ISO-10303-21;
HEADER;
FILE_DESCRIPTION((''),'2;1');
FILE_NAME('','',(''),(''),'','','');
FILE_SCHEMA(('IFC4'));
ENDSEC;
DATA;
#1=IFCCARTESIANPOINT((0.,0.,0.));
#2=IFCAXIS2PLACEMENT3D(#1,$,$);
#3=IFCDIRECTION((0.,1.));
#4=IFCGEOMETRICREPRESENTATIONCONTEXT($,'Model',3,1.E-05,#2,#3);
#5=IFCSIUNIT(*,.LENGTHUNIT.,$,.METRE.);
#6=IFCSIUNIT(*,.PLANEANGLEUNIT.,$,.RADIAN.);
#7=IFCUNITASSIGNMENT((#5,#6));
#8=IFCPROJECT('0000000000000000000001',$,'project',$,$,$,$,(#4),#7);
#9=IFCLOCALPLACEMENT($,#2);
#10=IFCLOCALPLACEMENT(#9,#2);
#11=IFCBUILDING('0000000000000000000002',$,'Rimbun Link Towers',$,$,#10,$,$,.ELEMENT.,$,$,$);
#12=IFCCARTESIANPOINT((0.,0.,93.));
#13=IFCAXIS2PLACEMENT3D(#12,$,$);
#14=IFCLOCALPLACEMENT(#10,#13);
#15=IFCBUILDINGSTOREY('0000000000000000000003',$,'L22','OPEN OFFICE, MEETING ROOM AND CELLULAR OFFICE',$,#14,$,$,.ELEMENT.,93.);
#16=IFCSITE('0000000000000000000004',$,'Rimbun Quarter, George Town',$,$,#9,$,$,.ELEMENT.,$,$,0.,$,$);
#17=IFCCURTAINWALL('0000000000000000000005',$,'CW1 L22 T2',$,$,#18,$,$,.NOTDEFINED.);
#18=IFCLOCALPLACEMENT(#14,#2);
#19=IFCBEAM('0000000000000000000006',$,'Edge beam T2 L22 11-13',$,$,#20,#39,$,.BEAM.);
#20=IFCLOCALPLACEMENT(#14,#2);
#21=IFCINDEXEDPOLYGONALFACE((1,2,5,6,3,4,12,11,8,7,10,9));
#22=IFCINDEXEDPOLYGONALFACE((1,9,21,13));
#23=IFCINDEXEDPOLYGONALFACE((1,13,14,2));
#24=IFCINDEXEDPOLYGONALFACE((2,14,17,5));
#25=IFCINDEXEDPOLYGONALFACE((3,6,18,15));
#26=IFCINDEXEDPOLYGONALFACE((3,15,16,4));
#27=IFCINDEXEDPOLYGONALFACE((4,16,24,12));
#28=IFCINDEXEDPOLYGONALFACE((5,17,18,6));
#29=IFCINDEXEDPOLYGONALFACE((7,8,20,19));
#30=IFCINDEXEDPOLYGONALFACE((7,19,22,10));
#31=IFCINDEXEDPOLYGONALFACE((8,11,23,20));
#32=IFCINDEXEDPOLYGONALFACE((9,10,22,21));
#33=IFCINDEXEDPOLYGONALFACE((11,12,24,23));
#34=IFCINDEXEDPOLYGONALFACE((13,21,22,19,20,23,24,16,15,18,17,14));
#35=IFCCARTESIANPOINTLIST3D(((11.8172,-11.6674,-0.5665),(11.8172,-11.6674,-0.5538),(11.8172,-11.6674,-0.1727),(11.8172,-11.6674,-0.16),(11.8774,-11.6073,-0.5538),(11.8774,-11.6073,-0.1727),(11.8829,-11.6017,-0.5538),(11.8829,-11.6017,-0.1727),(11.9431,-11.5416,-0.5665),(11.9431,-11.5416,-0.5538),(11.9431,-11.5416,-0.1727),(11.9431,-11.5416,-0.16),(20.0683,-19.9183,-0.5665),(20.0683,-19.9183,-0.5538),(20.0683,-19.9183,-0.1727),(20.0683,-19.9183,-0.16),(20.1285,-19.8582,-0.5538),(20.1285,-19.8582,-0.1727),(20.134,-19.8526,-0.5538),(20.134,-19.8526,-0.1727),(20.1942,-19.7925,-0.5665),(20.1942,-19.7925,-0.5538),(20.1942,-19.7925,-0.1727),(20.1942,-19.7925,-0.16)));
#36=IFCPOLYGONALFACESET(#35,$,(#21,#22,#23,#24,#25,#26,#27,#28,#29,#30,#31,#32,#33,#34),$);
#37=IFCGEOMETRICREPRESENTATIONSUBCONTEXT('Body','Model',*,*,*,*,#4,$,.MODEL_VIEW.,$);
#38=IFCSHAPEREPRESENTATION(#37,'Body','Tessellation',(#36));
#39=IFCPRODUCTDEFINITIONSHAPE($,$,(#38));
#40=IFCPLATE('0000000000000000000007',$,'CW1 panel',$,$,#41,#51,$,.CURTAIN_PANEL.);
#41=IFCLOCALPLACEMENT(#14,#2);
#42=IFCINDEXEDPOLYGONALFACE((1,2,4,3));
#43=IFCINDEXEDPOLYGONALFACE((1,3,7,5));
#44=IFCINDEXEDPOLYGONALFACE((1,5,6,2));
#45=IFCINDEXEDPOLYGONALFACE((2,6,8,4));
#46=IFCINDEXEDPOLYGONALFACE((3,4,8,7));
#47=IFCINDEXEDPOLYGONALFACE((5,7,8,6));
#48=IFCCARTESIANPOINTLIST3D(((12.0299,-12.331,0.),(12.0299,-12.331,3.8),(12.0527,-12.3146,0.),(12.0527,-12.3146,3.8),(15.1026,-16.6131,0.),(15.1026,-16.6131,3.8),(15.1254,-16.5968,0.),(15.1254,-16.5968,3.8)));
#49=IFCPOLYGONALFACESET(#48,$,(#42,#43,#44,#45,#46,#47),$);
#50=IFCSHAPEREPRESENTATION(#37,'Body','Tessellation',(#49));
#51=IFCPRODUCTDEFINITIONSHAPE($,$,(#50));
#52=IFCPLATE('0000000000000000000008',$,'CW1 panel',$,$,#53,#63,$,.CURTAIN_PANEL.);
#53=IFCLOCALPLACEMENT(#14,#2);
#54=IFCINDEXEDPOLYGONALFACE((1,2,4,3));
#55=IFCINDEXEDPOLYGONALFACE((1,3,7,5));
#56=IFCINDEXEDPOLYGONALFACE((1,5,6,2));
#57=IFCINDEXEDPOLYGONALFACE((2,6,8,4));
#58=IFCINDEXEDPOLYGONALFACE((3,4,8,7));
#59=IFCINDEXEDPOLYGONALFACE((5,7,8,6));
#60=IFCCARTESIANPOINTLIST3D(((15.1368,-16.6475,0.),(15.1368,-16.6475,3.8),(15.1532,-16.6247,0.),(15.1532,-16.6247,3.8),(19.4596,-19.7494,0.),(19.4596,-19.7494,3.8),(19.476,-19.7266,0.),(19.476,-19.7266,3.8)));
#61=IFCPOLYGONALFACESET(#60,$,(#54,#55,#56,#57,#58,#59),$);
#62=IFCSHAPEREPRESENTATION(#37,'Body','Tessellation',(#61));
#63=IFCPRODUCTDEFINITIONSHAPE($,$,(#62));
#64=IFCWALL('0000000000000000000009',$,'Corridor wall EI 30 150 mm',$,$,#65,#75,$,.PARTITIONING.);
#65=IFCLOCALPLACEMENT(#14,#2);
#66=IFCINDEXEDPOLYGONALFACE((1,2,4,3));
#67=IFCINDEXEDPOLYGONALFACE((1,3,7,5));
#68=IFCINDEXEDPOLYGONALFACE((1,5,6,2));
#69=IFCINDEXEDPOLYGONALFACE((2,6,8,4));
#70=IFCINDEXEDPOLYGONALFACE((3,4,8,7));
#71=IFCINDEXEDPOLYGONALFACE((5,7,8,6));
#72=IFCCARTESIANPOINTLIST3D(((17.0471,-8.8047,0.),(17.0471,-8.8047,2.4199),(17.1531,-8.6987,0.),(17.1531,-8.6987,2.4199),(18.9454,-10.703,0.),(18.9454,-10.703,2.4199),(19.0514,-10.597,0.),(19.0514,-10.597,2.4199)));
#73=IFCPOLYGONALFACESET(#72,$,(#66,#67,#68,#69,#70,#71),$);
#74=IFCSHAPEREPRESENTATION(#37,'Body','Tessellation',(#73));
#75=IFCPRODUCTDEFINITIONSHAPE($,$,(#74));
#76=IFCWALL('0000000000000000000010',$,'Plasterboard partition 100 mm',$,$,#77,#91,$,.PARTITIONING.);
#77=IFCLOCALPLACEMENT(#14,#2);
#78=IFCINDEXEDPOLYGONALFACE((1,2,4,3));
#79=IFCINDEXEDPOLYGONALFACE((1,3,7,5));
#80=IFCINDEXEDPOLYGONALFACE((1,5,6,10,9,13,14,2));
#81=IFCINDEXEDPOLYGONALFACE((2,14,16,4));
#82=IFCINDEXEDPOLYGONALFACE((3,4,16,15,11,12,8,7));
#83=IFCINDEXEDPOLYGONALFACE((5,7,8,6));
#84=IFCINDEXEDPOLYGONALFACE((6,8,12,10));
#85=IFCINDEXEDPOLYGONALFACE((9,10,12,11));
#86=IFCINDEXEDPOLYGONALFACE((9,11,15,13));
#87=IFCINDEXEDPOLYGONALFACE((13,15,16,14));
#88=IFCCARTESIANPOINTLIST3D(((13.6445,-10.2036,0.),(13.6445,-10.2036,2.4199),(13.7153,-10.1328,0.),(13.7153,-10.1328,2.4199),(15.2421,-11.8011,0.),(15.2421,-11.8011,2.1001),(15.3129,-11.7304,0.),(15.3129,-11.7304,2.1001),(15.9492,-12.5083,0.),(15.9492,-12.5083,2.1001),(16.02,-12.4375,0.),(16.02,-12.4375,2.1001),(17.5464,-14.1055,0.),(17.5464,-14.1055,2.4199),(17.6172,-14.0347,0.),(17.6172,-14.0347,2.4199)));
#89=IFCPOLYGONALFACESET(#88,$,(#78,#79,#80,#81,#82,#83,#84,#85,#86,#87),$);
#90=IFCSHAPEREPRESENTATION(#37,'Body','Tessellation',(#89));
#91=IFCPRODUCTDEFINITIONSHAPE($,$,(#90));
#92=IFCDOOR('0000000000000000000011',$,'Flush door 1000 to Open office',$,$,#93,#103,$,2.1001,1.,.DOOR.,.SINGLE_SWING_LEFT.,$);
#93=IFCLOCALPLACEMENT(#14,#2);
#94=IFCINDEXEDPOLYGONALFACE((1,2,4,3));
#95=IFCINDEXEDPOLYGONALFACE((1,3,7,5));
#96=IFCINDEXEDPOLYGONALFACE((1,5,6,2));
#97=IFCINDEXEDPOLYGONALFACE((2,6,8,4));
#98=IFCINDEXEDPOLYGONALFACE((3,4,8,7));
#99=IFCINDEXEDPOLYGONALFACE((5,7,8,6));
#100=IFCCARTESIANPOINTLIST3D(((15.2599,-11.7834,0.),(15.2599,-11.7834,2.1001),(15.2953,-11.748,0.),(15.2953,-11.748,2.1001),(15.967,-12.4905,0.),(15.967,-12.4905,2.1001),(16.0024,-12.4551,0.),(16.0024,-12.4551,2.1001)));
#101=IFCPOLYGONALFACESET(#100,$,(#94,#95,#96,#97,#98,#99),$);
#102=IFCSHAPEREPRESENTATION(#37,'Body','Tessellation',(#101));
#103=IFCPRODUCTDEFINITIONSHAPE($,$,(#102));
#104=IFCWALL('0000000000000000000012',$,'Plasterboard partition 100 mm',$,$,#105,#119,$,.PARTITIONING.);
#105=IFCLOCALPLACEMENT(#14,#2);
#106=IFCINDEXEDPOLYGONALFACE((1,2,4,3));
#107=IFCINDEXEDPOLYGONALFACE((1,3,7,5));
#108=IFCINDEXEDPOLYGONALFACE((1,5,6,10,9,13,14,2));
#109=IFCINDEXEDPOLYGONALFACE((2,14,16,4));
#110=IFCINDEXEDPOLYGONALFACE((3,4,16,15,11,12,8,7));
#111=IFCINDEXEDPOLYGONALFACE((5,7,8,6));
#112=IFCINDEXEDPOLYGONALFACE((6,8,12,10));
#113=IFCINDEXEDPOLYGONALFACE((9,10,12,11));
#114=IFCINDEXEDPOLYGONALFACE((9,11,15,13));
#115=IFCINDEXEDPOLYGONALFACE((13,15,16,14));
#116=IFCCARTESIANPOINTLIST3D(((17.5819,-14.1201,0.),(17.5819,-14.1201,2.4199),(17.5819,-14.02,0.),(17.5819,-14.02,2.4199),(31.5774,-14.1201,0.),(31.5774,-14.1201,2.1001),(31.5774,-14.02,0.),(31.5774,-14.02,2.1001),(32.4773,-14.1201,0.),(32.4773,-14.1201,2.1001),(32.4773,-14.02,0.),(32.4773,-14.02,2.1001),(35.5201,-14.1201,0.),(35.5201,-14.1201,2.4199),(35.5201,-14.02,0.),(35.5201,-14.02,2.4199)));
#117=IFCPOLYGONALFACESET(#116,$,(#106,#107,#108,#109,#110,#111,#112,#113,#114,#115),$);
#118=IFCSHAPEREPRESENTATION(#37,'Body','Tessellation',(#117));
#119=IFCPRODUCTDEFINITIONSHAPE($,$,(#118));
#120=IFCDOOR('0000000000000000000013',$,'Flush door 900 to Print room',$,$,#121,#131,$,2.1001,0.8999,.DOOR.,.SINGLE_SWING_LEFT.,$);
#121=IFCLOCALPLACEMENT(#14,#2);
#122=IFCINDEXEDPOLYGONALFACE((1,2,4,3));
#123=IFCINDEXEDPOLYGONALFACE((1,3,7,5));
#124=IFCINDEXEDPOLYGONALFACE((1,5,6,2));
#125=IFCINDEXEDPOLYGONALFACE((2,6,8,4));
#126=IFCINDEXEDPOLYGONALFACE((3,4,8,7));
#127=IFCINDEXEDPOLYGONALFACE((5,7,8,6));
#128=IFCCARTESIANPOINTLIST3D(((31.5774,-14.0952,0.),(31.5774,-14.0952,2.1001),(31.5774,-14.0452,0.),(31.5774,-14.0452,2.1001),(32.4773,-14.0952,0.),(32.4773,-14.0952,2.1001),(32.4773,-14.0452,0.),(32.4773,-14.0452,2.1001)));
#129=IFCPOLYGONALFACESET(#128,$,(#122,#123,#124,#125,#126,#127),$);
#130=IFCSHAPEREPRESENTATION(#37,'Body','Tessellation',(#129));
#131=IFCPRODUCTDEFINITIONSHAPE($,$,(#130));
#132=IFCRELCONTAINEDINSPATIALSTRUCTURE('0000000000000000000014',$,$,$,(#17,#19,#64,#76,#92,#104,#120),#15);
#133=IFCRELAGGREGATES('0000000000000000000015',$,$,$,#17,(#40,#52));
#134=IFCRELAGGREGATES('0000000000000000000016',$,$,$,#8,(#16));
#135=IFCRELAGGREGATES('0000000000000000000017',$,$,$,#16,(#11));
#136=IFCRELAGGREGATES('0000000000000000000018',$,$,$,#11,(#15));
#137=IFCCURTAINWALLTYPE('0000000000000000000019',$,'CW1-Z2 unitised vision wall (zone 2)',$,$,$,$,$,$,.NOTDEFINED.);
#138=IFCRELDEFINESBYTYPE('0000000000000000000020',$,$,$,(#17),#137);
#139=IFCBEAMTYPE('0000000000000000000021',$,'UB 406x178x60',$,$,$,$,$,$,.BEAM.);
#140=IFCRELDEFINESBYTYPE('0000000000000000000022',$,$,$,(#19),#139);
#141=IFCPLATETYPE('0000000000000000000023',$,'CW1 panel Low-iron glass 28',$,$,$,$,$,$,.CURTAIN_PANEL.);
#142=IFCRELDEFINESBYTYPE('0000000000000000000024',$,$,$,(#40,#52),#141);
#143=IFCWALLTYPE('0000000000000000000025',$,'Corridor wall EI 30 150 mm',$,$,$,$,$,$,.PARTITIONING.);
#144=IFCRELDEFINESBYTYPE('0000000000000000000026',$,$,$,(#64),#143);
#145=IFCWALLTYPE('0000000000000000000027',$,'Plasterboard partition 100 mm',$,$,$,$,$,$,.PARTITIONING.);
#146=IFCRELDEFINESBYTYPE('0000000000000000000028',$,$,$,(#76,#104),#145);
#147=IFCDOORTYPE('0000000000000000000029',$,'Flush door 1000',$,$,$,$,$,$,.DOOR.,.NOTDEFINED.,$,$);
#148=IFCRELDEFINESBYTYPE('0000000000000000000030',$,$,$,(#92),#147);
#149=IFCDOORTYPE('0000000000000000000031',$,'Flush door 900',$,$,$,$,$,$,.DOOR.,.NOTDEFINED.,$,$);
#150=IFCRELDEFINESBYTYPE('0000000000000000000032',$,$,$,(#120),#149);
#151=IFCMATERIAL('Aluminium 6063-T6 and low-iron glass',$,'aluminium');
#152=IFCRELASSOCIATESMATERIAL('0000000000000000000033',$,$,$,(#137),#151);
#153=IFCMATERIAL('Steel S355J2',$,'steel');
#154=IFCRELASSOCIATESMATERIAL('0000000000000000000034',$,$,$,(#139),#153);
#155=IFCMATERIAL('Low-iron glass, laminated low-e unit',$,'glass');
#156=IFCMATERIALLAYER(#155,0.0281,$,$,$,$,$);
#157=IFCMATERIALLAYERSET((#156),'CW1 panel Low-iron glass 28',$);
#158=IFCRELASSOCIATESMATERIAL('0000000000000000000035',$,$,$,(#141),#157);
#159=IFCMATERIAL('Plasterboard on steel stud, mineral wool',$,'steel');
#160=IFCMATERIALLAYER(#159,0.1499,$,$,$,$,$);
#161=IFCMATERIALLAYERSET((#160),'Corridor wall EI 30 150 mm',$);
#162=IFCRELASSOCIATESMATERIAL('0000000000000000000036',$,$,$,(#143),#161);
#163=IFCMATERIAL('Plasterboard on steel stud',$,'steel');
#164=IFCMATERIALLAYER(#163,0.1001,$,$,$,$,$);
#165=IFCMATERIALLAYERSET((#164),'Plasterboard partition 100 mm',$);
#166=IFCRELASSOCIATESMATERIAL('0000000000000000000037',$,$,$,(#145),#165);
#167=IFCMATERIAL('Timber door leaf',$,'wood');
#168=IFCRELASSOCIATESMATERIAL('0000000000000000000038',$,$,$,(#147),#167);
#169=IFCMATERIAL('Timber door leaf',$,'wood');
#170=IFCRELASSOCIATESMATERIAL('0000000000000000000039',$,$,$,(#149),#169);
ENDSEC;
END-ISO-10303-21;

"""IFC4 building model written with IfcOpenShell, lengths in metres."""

from ifc_helpers import new_model, si_unit, direction, frame, frame_2d, origin, origin_2d, place, context, subcontext, project, spatial, rectangle, i_section, extrude, material, layer, layer_set, material_profile, profile_set, type_object, element, fill, aggregate, save


model = new_model("IFC4")

# Units and contexts
model_context = context("Model", 3, precision=1e-05, world=origin(), true_north=direction((0.0, 1.0)))
body_context = subcontext(model_context, "Body", "Model", "MODEL_VIEW")
ifc_project = project(units=[si_unit("LENGTHUNIT", "METRE"), si_unit("PLANEANGLEUNIT", "RADIAN")], contexts=[model_context])

# Site, building, storey
site_placement = place(None, origin())
site = spatial("IfcSite", under=ifc_project, at=site_placement, Name="Rimbun Quarter, George Town", CompositionType="ELEMENT", RefElevation=0.0)
building_placement = place(site_placement, origin())
building = spatial("IfcBuilding", under=site, at=building_placement, Name="Rimbun Link Towers", CompositionType="ELEMENT")
storey_placement = place(building_placement, frame((0.0, 0.0, 93.0)))
storey = spatial("IfcBuildingStorey", under=building, at=storey_placement, Name="L22", Description="OPEN OFFICE, MEETING ROOM AND CELLULAR OFFICE", CompositionType="ELEMENT", Elevation=93.0)

# Curtain wall
ifc_material_1 = material(Name="Aluminium 6063-T6 and low-iron glass", Category="aluminium")
curtain_wall_type = type_object("IfcCurtainWallType", Name="CW1-Z2 unitised vision wall (zone 2)", PredefinedType="NOTDEFINED", material=ifc_material_1)
curtain_wall_placement = place(storey_placement, origin())
curtain_wall = element("IfcCurtainWall", 1, at=curtain_wall_placement, inside=storey, type_object=curtain_wall_type, Name="CW1 L22 T2", PredefinedType="NOTDEFINED")

# Beam
ifc_material_2 = material(Name="Steel S355J2", Category="steel")
ifc_material_profile_1 = material_profile(ifc_material_2, i_section(OverallWidth=0.178, OverallDepth=0.4065, WebThickness=0.0078, FlangeThickness=0.0127, at=origin_2d()), Name="UB 406x178x60")
ifc_profile_set_1 = profile_set([ifc_material_profile_1], Name="Steel S355J2")
beam_type_1 = type_object("IfcBeamType", Name="UB 406x178x60", PredefinedType="BEAM", material=ifc_profile_set_1)
beam_1_placement = place(storey_placement, frame((11.8801, -11.6045, -0.3633), z_axis=(0.707117, -0.707096, 0.0), x_axis=(0.707096, 0.707117, 0.0)))
element("IfcBeam", 2, at=beam_1_placement, inside=storey, type_object=beam_type_1, Name="Edge beam T2 L22 11-13", PredefinedType="BEAM", context=body_context, shape_type="SweptSolid", body=[
    extrude(i_section(OverallWidth=0.178, OverallDepth=0.4065, WebThickness=0.0078, FlangeThickness=0.0127, at=origin_2d()), origin(), (0.0, 0.0, 1.0), 11.6687),
])

# Plates
ifc_material_3 = material(Name="Low-iron glass, laminated low-e unit", Category="glass")
ifc_layer_1 = layer(ifc_material_3, 0.0281)
ifc_layer_set_1 = layer_set([ifc_layer_1], Name="CW1 panel Low-iron glass 28")
plate_type = type_object("IfcPlateType", Name="CW1 panel Low-iron glass 28", PredefinedType="CURTAIN_PANEL", material=ifc_layer_set_1)
plate_1_placement = place(storey_placement, frame((13.5776, -14.4639, 0.0), z_axis=(0.0, 0.0, 1.0), x_axis=(-0.583002, 0.812471, 0.0)))
plate_1 = element("IfcPlate", 3, at=plate_1_placement, type_object=plate_type, Name="CW1 panel", PredefinedType="CURTAIN_PANEL", context=body_context, shape_type="SweptSolid", body=[
    extrude(rectangle(XDim=5.2705, YDim=0.0281, at=origin_2d()), origin(), (0.0, 0.0, 1.0), 3.8),
])
plate_2_placement = place(storey_placement, frame((17.3064, -18.187, 0.0), z_axis=(0.0, 0.0, 1.0), x_axis=(-0.812471, 0.583002, 0.0)))
plate_2 = element("IfcPlate", 4, at=plate_2_placement, type_object=plate_type, Name="CW1 panel", PredefinedType="CURTAIN_PANEL", context=body_context, shape_type="SweptSolid", body=[
    extrude(rectangle(XDim=5.3206, YDim=0.0281, at=origin_2d()), origin(), (0.0, 0.0, 1.0), 3.8),
])
aggregate(curtain_wall, [plate_1, plate_2])

# Wall
ifc_material_4 = material(Name="Plasterboard on steel stud, mineral wool", Category="steel")
ifc_layer_2 = layer(ifc_material_4, 0.1499)
ifc_layer_set_2 = layer_set([ifc_layer_2], Name="Corridor wall EI 30 150 mm")
wall_type_1 = type_object("IfcWallType", Name="Corridor wall EI 30 150 mm", PredefinedType="PARTITIONING", material=ifc_layer_set_2)
wall_1_placement = place(storey_placement, frame((17.1001, -8.7517, 0.0), z_axis=(0.0, 0.0, 1.0), x_axis=(0.707107, -0.707107, 0.0)))
element("IfcWall", 5, at=wall_1_placement, inside=storey, type_object=wall_type_1, Name="Corridor wall EI 30 150 mm", PredefinedType="PARTITIONING", context=body_context, shape_type="SweptSolid", body=[
    extrude(rectangle(XDim=2.6846, YDim=0.1499, at=frame_2d((1.3423, 0.0))), origin(), (0.0, 0.0, 1.0), 2.4199),
])

# Walls, openings, doors
ifc_material_5 = material(Name="Plasterboard on steel stud", Category="steel")
ifc_layer_3 = layer(ifc_material_5, 0.1001)
ifc_layer_set_3 = layer_set([ifc_layer_3], Name="Plasterboard partition 100 mm")
wall_type_2 = type_object("IfcWallType", Name="Plasterboard partition 100 mm", PredefinedType="PARTITIONING", material=ifc_layer_set_3)
wall_2_placement = place(storey_placement, frame((17.5818, -14.0701, 0.0), z_axis=(0.0, 0.0, 1.0), x_axis=(-0.707107, 0.707107, 0.0)))
wall_2 = element("IfcWall", 6, at=wall_2_placement, inside=storey, type_object=wall_type_2, Name="Plasterboard partition 100 mm", PredefinedType="PARTITIONING", context=body_context, shape_type="SweptSolid", body=[
    extrude(rectangle(XDim=5.5181, YDim=0.1001, at=frame_2d((2.759, 0.0))), origin(), (0.0, 0.0, 1.0), 2.4199),
])
opening_1_placement = place(wall_2_placement, frame((2.2588, 0.0, 0.0)))
opening_1 = element("IfcOpeningElement", 7, at=opening_1_placement, cuts=wall_2, PredefinedType="OPENING", context=body_context, shape_type="SweptSolid", body=[
    extrude(rectangle(XDim=1.0, YDim=2.1001, at=frame_2d((0.5, 1.05))), frame((0.0, 0.0601, 0.0), z_axis=(0.0, -1.0, 0.0), x_axis=(1.0, 0.0, 0.0)), (0.0, 0.0, 1.0), 0.1201),
])
ifc_material_6 = material(Name="Timber door leaf", Category="wood")
door_type_1 = type_object("IfcDoorType", Name="Flush door 1000", OperationType="NOTDEFINED", PredefinedType="DOOR", material=ifc_material_6)
door_1_placement = place(opening_1_placement, origin())
door_1 = element("IfcDoor", 8, at=door_1_placement, inside=storey, type_object=door_type_1, Name="Flush door 1000 to Open office", OperationType="SINGLE_SWING_LEFT", OverallHeight=2.1001, OverallWidth=1.0, PredefinedType="DOOR", context=body_context, shape_type="SweptSolid", body=[
    extrude(rectangle(XDim=1.0, YDim=2.1001, at=frame_2d((0.5, 1.05))), frame((0.0, 0.0249, 0.0), z_axis=(0.0, -1.0, 0.0), x_axis=(1.0, 0.0, 0.0)), (0.0, 0.0, 1.0), 0.05),
])
fill(opening_1, door_1)
wall_3_placement = place(storey_placement, frame((17.5818, -14.0701, 0.0), z_axis=(0.0, 0.0, 1.0), x_axis=(1.0, 0.0, 0.0)))
wall_3 = element("IfcWall", 9, at=wall_3_placement, inside=storey, type_object=wall_type_2, Name="Plasterboard partition 100 mm", PredefinedType="PARTITIONING", context=body_context, shape_type="SweptSolid", body=[
    extrude(rectangle(XDim=17.9382, YDim=0.1001, at=frame_2d((8.9692, 0.0))), origin(), (0.0, 0.0, 1.0), 2.4199),
])
opening_2_placement = place(wall_3_placement, frame((13.9956, 0.0, 0.0)))
opening_2 = element("IfcOpeningElement", 10, at=opening_2_placement, cuts=wall_3, PredefinedType="OPENING", context=body_context, shape_type="SweptSolid", body=[
    extrude(rectangle(XDim=0.8999, YDim=2.1001, at=frame_2d((0.45, 1.05))), frame((0.0, 0.0601, 0.0), z_axis=(0.0, -1.0, 0.0), x_axis=(1.0, 0.0, 0.0)), (0.0, 0.0, 1.0), 0.1201),
])
ifc_material_7 = material(Name="Timber door leaf", Category="wood")
door_type_2 = type_object("IfcDoorType", Name="Flush door 900", OperationType="NOTDEFINED", PredefinedType="DOOR", material=ifc_material_7)
door_2_placement = place(opening_2_placement, origin())
door_2 = element("IfcDoor", 11, at=door_2_placement, inside=storey, type_object=door_type_2, Name="Flush door 900 to Print room", OperationType="SINGLE_SWING_LEFT", OverallHeight=2.1001, OverallWidth=0.8999, PredefinedType="DOOR", context=body_context, shape_type="SweptSolid", body=[
    extrude(rectangle(XDim=0.8999, YDim=2.1001, at=frame_2d((0.45, 1.05))), frame((0.0, 0.0249, 0.0), z_axis=(0.0, -1.0, 0.0), x_axis=(1.0, 0.0, 0.0)), (0.0, 0.0, 1.0), 0.05),
])
fill(opening_2, door_2)

save(model, "model.ifc")
